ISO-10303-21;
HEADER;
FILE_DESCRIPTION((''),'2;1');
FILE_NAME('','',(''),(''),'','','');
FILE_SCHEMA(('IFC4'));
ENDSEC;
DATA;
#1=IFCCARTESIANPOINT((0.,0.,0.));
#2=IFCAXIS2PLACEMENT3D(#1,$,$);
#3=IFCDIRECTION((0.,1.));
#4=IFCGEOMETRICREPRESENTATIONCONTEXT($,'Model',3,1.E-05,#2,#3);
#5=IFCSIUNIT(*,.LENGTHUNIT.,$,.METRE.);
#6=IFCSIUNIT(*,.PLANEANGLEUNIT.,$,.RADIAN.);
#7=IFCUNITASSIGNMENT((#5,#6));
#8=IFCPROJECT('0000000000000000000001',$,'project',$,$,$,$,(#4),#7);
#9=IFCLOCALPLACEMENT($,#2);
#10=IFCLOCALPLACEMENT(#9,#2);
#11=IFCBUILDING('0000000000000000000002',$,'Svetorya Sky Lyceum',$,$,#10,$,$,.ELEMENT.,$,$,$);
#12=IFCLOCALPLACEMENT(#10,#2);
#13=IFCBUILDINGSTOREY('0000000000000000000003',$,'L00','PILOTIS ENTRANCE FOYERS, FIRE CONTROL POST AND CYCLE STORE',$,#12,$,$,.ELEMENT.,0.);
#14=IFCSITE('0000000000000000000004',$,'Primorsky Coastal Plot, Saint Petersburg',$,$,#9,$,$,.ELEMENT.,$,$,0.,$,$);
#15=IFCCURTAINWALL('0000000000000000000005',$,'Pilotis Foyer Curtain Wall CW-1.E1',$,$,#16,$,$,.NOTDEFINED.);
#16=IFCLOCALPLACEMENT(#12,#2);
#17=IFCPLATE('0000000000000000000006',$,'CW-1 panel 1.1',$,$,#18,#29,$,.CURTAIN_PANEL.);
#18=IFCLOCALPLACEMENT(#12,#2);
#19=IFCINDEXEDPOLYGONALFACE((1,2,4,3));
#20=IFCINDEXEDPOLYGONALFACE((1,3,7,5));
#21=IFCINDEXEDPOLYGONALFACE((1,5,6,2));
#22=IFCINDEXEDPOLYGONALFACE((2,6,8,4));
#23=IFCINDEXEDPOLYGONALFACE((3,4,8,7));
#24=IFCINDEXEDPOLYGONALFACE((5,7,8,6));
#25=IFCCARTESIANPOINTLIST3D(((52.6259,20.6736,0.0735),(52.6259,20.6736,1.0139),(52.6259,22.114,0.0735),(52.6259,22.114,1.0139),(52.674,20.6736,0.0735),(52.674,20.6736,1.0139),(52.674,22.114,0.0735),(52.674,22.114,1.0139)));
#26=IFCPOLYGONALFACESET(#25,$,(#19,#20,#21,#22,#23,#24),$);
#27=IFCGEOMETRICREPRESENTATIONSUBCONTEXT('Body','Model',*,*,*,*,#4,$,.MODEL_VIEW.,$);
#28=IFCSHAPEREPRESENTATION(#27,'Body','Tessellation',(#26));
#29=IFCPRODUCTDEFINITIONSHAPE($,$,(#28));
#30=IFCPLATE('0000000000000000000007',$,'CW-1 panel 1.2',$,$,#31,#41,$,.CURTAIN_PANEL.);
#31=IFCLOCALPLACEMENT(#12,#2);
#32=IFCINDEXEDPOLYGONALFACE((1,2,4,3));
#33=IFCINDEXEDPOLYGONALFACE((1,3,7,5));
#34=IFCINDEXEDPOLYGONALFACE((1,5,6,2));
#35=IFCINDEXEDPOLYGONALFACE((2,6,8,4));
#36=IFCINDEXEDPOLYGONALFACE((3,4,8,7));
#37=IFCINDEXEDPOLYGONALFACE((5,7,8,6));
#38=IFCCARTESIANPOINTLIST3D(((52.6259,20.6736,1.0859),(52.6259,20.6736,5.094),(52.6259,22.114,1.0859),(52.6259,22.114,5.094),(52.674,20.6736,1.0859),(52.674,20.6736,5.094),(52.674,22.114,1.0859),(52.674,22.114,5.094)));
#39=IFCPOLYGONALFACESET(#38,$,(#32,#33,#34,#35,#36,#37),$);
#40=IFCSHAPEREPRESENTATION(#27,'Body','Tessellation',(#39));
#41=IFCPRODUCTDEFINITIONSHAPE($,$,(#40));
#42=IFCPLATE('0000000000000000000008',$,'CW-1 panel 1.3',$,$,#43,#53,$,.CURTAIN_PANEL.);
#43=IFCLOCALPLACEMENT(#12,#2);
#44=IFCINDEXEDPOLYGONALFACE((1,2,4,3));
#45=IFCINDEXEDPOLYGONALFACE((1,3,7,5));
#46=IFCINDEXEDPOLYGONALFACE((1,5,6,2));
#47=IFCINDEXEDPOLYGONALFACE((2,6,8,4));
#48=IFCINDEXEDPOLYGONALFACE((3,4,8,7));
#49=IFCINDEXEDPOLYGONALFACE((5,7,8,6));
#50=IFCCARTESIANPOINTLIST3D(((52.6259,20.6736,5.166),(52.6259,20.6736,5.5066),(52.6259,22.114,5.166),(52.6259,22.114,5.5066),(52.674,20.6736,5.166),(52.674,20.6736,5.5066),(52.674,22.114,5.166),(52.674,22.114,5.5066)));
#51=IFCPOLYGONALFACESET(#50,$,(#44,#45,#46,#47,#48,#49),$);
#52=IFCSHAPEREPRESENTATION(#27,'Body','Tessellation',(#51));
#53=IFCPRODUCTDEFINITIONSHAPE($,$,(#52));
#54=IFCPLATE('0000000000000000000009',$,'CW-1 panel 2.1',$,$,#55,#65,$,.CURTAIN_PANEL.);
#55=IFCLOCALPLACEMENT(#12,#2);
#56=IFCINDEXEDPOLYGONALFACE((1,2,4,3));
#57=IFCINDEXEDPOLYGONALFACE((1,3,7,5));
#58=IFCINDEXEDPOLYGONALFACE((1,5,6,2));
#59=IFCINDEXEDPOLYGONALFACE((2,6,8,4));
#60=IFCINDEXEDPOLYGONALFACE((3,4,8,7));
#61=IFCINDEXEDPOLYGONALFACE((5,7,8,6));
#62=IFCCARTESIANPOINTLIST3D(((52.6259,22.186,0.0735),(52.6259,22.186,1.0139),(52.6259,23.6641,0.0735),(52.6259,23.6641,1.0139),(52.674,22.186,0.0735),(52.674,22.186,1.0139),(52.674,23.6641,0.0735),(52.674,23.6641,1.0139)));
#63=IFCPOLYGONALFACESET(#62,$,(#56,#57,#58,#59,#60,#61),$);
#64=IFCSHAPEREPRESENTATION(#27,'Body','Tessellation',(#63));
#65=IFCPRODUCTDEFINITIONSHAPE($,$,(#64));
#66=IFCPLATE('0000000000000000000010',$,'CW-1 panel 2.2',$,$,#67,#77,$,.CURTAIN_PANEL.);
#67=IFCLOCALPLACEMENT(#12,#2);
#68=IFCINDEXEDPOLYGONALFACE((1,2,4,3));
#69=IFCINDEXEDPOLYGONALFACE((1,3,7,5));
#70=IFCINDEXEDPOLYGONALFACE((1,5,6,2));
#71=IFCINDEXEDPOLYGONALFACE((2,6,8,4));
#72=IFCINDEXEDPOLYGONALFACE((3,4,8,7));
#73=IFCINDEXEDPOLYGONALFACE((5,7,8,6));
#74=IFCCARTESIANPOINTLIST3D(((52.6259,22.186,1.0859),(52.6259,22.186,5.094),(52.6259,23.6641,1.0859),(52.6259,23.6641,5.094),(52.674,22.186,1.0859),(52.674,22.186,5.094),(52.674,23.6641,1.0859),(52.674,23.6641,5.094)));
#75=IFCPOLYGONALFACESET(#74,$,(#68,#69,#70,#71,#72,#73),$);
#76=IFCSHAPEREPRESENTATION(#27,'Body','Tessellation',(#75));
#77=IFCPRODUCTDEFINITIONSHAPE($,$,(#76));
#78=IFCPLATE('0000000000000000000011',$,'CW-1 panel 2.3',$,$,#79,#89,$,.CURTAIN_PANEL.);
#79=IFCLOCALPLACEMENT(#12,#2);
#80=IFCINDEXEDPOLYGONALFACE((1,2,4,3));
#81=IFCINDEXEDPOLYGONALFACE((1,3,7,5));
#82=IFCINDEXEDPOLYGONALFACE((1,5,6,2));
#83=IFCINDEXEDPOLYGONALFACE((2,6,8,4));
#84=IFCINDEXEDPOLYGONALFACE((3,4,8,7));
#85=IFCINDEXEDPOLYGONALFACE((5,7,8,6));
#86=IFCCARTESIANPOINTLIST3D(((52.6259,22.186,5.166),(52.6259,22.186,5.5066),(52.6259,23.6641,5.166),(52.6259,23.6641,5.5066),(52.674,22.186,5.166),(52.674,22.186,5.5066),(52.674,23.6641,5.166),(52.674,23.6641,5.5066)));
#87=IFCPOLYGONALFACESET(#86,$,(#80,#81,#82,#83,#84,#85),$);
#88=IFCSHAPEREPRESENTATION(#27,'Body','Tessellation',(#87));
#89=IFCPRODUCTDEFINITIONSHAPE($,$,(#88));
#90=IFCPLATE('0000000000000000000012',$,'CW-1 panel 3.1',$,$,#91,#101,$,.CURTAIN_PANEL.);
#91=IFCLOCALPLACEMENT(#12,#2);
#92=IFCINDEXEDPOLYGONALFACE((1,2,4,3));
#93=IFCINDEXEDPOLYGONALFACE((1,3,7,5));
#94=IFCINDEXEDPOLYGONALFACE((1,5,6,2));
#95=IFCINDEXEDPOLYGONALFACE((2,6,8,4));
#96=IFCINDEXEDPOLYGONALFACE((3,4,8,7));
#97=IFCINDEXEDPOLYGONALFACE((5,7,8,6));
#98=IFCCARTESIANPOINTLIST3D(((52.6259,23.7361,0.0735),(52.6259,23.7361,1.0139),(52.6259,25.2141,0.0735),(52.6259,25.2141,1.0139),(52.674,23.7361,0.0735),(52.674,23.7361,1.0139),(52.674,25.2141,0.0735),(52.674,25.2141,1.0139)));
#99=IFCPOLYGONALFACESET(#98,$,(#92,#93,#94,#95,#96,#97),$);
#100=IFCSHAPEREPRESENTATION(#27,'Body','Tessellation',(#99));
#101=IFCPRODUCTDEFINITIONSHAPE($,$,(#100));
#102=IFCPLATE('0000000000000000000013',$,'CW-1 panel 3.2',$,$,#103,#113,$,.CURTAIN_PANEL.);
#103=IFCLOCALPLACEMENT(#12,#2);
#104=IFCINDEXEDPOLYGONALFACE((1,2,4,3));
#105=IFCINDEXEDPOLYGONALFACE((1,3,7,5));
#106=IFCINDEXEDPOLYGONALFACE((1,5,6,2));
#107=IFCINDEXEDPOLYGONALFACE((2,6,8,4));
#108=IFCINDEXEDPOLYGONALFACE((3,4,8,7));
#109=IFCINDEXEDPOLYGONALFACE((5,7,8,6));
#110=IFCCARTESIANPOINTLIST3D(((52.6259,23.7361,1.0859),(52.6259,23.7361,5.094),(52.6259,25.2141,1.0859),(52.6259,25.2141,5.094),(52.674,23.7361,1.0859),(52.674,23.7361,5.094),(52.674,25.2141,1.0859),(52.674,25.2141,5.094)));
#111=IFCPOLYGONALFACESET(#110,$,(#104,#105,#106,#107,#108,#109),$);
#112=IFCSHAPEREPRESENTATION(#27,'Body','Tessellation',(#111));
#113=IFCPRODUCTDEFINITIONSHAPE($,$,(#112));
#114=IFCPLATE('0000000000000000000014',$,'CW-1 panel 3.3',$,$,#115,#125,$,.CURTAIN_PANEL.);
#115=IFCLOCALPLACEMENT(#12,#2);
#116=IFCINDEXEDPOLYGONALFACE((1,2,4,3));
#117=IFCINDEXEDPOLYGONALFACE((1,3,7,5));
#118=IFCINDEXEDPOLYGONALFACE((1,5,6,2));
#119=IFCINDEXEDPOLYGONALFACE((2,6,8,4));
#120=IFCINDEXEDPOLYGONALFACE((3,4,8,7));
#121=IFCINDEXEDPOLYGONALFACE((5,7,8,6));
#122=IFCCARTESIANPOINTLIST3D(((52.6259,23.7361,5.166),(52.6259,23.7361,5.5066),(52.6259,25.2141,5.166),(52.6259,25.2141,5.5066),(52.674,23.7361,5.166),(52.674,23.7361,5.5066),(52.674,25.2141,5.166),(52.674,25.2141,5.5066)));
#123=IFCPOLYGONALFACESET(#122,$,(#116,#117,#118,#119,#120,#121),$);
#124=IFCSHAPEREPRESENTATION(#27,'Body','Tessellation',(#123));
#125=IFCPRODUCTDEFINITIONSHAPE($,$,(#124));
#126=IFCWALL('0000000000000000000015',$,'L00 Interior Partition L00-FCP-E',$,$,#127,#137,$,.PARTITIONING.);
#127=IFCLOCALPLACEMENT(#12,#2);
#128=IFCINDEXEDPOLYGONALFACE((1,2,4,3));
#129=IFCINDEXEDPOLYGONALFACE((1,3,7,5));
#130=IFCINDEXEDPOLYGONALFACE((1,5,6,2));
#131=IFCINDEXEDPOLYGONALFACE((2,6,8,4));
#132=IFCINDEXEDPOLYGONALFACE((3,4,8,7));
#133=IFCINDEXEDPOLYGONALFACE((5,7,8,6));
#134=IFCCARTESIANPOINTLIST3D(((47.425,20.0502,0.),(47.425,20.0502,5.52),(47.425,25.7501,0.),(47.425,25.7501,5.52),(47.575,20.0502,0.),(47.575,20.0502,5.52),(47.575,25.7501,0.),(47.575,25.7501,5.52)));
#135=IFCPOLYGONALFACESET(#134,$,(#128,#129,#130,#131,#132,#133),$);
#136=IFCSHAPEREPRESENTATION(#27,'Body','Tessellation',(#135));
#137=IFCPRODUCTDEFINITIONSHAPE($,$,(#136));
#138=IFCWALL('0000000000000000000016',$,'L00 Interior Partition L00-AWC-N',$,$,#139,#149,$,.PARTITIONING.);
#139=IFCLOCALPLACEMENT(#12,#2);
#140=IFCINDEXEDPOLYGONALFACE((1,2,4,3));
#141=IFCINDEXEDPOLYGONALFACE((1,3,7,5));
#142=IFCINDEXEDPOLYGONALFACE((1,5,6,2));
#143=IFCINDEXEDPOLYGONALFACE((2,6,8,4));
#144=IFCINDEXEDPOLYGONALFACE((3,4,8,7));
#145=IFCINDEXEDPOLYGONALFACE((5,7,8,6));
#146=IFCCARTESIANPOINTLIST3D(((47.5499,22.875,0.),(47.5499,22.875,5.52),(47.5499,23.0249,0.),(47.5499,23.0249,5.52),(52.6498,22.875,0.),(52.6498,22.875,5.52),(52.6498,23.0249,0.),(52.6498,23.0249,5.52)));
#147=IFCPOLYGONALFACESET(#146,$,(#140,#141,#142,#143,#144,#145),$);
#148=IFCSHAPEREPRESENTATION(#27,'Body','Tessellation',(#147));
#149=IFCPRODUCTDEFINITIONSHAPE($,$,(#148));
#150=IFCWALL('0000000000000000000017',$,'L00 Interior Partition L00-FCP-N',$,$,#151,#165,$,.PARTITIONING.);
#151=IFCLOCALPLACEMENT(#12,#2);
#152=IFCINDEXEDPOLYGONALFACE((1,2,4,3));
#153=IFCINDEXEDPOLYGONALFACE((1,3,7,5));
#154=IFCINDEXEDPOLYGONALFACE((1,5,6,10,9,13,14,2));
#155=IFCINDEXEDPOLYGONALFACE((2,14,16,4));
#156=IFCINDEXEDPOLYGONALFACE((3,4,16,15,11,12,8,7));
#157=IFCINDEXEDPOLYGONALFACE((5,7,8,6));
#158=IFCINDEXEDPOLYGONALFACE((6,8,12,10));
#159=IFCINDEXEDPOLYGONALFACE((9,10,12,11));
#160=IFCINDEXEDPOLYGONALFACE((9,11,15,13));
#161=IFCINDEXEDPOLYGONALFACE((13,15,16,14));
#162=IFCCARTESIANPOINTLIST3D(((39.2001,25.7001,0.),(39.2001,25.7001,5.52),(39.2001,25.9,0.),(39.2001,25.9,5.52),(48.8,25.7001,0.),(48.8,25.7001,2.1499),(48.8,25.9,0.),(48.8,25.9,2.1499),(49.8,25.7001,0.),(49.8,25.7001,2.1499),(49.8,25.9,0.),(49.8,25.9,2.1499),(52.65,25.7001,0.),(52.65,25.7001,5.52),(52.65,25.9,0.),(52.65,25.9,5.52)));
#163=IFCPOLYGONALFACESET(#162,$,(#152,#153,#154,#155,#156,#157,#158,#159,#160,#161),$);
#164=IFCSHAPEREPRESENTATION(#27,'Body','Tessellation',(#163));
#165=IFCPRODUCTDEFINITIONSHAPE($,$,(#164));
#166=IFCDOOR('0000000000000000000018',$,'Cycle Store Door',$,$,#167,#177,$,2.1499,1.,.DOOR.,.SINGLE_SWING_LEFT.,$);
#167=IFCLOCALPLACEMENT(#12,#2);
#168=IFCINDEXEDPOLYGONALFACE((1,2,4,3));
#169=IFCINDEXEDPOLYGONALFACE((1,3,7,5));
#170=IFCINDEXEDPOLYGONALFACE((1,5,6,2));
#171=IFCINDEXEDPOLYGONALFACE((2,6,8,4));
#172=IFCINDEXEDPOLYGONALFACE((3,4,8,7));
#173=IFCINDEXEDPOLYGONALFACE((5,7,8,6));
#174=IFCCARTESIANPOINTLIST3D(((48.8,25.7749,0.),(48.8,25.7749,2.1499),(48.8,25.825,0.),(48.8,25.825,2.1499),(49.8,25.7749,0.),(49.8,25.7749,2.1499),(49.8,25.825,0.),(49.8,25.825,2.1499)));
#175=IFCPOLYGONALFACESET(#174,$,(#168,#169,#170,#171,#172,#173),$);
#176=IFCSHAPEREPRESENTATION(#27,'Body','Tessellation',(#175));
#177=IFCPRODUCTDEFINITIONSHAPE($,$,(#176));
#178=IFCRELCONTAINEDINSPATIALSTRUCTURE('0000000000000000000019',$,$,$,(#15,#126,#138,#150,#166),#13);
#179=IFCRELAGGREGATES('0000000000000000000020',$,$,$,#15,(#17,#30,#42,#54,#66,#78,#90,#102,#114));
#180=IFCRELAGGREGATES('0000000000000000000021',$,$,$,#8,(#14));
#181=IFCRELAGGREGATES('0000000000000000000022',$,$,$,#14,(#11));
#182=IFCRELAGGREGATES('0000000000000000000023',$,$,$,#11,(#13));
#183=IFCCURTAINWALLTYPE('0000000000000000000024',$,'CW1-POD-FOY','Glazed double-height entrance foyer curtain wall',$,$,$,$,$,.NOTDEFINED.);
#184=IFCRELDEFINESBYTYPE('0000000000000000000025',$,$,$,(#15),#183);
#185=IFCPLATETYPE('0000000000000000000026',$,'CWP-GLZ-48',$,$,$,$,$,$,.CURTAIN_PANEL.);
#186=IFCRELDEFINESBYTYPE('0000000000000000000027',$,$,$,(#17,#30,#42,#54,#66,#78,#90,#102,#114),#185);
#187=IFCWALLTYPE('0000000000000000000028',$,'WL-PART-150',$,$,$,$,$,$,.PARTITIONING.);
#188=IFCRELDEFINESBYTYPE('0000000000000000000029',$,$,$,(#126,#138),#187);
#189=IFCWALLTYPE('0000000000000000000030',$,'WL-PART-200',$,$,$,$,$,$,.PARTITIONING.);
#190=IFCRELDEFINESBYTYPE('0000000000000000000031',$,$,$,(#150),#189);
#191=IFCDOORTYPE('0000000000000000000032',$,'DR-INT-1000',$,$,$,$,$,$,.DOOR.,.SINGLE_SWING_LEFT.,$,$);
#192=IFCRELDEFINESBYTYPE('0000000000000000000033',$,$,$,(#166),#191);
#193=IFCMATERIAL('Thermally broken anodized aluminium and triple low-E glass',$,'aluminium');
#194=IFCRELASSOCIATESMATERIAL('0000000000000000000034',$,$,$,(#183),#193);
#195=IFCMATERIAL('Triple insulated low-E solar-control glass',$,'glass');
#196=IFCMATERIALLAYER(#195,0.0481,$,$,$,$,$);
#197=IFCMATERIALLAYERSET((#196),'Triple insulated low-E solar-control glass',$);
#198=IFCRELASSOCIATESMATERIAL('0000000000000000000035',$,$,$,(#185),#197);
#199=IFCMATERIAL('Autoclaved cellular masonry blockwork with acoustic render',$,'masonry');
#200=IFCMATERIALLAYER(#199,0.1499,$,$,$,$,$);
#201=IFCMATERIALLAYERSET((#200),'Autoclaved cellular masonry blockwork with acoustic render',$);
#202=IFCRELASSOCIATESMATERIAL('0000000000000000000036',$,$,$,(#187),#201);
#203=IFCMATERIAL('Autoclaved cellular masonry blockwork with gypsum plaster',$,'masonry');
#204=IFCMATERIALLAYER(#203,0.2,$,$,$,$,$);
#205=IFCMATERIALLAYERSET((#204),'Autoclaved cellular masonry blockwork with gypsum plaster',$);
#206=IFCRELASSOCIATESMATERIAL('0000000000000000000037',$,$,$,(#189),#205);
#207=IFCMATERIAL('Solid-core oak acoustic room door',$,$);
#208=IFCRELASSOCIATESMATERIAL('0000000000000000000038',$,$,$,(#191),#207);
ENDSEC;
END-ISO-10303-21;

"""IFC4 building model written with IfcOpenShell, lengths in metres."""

from ifc_helpers import new_model, si_unit, direction, frame, frame_2d, origin, origin_2d, place, context, subcontext, project, spatial, rectangle, extrude, material, layer, layer_set, type_object, element, fill, aggregate, save


model = new_model("IFC4")

# Units and contexts
model_context = context("Model", 3, precision=1e-05, world=origin(), true_north=direction((0.0, 1.0)))
body_context = subcontext(model_context, "Body", "Model", "MODEL_VIEW")
ifc_project = project(units=[si_unit("LENGTHUNIT", "METRE"), si_unit("PLANEANGLEUNIT", "RADIAN")], contexts=[model_context])

# Site, building, storey
site_placement = place(None, origin())
site = spatial("IfcSite", under=ifc_project, at=site_placement, Name="Primorsky Coastal Plot, Saint Petersburg", CompositionType="ELEMENT", RefElevation=0.0)
building_placement = place(site_placement, origin())
building = spatial("IfcBuilding", under=site, at=building_placement, Name="Svetorya Sky Lyceum", CompositionType="ELEMENT")
storey_placement = place(building_placement, origin())
storey = spatial("IfcBuildingStorey", under=building, at=storey_placement, Name="L00", Description="PILOTIS ENTRANCE FOYERS, FIRE CONTROL POST AND CYCLE STORE", CompositionType="ELEMENT", Elevation=0.0)

# Curtain wall, plates
ifc_material_1 = material(Name="Thermally broken anodized aluminium and triple low-E glass", Category="aluminium")
curtain_wall_type = type_object("IfcCurtainWallType", Name="CW1-POD-FOY", Description="Glazed double-height entrance foyer curtain wall", PredefinedType="NOTDEFINED", material=ifc_material_1)
curtain_wall_placement = place(storey_placement, origin())
curtain_wall = element("IfcCurtainWall", 1, at=curtain_wall_placement, inside=storey, type_object=curtain_wall_type, Name="Pilotis Foyer Curtain Wall CW-1.E1", PredefinedType="NOTDEFINED")
ifc_material_2 = material(Name="Triple insulated low-E solar-control glass", Category="glass")
ifc_layer_1 = layer(ifc_material_2, 0.0481)
ifc_layer_set_1 = layer_set([ifc_layer_1], Name="Triple insulated low-E solar-control glass")
plate_type = type_object("IfcPlateType", Name="CWP-GLZ-48", PredefinedType="CURTAIN_PANEL", material=ifc_layer_set_1)
plate_1_placement = place(storey_placement, frame((52.6499, 21.3938, 0.0735), z_axis=(0.0, 0.0, 1.0), x_axis=(0.0, 1.0, 0.0)))
plate_1 = element("IfcPlate", 2, at=plate_1_placement, type_object=plate_type, Name="CW-1 panel 1.1", PredefinedType="CURTAIN_PANEL", context=body_context, shape_type="SweptSolid", body=[
    extrude(rectangle(XDim=1.4404, YDim=0.0481, at=origin_2d()), origin(), (0.0, 0.0, 1.0), 0.9404),
])
plate_2_placement = place(storey_placement, frame((52.6499, 21.3938, 1.0859), z_axis=(0.0, 0.0, 1.0), x_axis=(0.0, 1.0, 0.0)))
plate_2 = element("IfcPlate", 3, at=plate_2_placement, type_object=plate_type, Name="CW-1 panel 1.2", PredefinedType="CURTAIN_PANEL", context=body_context, shape_type="SweptSolid", body=[
    extrude(rectangle(XDim=1.4404, YDim=0.0481, at=origin_2d()), origin(), (0.0, 0.0, 1.0), 4.0081),
])
plate_3_placement = place(storey_placement, frame((52.6499, 21.3938, 5.166), z_axis=(0.0, 0.0, 1.0), x_axis=(0.0, 1.0, 0.0)))
plate_3 = element("IfcPlate", 4, at=plate_3_placement, type_object=plate_type, Name="CW-1 panel 1.3", PredefinedType="CURTAIN_PANEL", context=body_context, shape_type="SweptSolid", body=[
    extrude(rectangle(XDim=1.4404, YDim=0.0481, at=origin_2d()), origin(), (0.0, 0.0, 1.0), 0.3406),
])
plate_4_placement = place(storey_placement, frame((52.6499, 22.925, 0.0735), z_axis=(0.0, 0.0, 1.0), x_axis=(0.0, 1.0, 0.0)))
plate_4 = element("IfcPlate", 5, at=plate_4_placement, type_object=plate_type, Name="CW-1 panel 2.1", PredefinedType="CURTAIN_PANEL", context=body_context, shape_type="SweptSolid", body=[
    extrude(rectangle(XDim=1.478, YDim=0.0481, at=origin_2d()), origin(), (0.0, 0.0, 1.0), 0.9404),
])
plate_5_placement = place(storey_placement, frame((52.6499, 22.925, 1.0859), z_axis=(0.0, 0.0, 1.0), x_axis=(0.0, 1.0, 0.0)))
plate_5 = element("IfcPlate", 6, at=plate_5_placement, type_object=plate_type, Name="CW-1 panel 2.2", PredefinedType="CURTAIN_PANEL", context=body_context, shape_type="SweptSolid", body=[
    extrude(rectangle(XDim=1.478, YDim=0.0481, at=origin_2d()), origin(), (0.0, 0.0, 1.0), 4.0081),
])
plate_6_placement = place(storey_placement, frame((52.6499, 22.925, 5.166), z_axis=(0.0, 0.0, 1.0), x_axis=(0.0, 1.0, 0.0)))
plate_6 = element("IfcPlate", 7, at=plate_6_placement, type_object=plate_type, Name="CW-1 panel 2.3", PredefinedType="CURTAIN_PANEL", context=body_context, shape_type="SweptSolid", body=[
    extrude(rectangle(XDim=1.478, YDim=0.0481, at=origin_2d()), origin(), (0.0, 0.0, 1.0), 0.3406),
])
plate_7_placement = place(storey_placement, frame((52.6499, 24.4751, 0.0735), z_axis=(0.0, 0.0, 1.0), x_axis=(0.0, 1.0, 0.0)))
plate_7 = element("IfcPlate", 8, at=plate_7_placement, type_object=plate_type, Name="CW-1 panel 3.1", PredefinedType="CURTAIN_PANEL", context=body_context, shape_type="SweptSolid", body=[
    extrude(rectangle(XDim=1.478, YDim=0.0481, at=origin_2d()), origin(), (0.0, 0.0, 1.0), 0.9404),
])
plate_8_placement = place(storey_placement, frame((52.6499, 24.4751, 1.0859), z_axis=(0.0, 0.0, 1.0), x_axis=(0.0, 1.0, 0.0)))
plate_8 = element("IfcPlate", 9, at=plate_8_placement, type_object=plate_type, Name="CW-1 panel 3.2", PredefinedType="CURTAIN_PANEL", context=body_context, shape_type="SweptSolid", body=[
    extrude(rectangle(XDim=1.478, YDim=0.0481, at=origin_2d()), origin(), (0.0, 0.0, 1.0), 4.0081),
])
plate_9_placement = place(storey_placement, frame((52.6499, 24.4751, 5.166), z_axis=(0.0, 0.0, 1.0), x_axis=(0.0, 1.0, 0.0)))
plate_9 = element("IfcPlate", 10, at=plate_9_placement, type_object=plate_type, Name="CW-1 panel 3.3", PredefinedType="CURTAIN_PANEL", context=body_context, shape_type="SweptSolid", body=[
    extrude(rectangle(XDim=1.478, YDim=0.0481, at=origin_2d()), origin(), (0.0, 0.0, 1.0), 0.3406),
])
aggregate(curtain_wall, [plate_1, plate_2, plate_3, plate_4, plate_5, plate_6, plate_7, plate_8, plate_9])

# Walls
ifc_material_3 = material(Name="Autoclaved cellular masonry blockwork with acoustic render", Category="masonry")
ifc_layer_2 = layer(ifc_material_3, 0.1499)
ifc_layer_set_2 = layer_set([ifc_layer_2], Name="Autoclaved cellular masonry blockwork with acoustic render")
wall_type_1 = type_object("IfcWallType", Name="WL-PART-150", PredefinedType="PARTITIONING", material=ifc_layer_set_2)
wall_1_placement = place(storey_placement, frame((47.5, 20.05, 0.0), z_axis=(0.0, 0.0, 1.0), x_axis=(0.0, 1.0, 0.0)))
element("IfcWall", 11, at=wall_1_placement, inside=storey, type_object=wall_type_1, Name="L00 Interior Partition L00-FCP-E", PredefinedType="PARTITIONING", context=body_context, shape_type="SweptSolid", body=[
    extrude(rectangle(XDim=5.7, YDim=0.1499, at=frame_2d((2.8501, 0.0))), origin(), (0.0, 0.0, 1.0), 5.52),
])
wall_2_placement = place(storey_placement, frame((47.55, 22.95, 0.0), z_axis=(0.0, 0.0, 1.0), x_axis=(1.0, 0.0, 0.0)))
element("IfcWall", 12, at=wall_2_placement, inside=storey, type_object=wall_type_1, Name="L00 Interior Partition L00-AWC-N", PredefinedType="PARTITIONING", context=body_context, shape_type="SweptSolid", body=[
    extrude(rectangle(XDim=5.0999, YDim=0.1499, at=frame_2d((2.5498, 0.0))), origin(), (0.0, 0.0, 1.0), 5.52),
])

# Wall, opening, door
ifc_material_4 = material(Name="Autoclaved cellular masonry blockwork with gypsum plaster", Category="masonry")
ifc_layer_3 = layer(ifc_material_4, 0.2)
ifc_layer_set_3 = layer_set([ifc_layer_3], Name="Autoclaved cellular masonry blockwork with gypsum plaster")
wall_type_2 = type_object("IfcWallType", Name="WL-PART-200", PredefinedType="PARTITIONING", material=ifc_layer_set_3)
wall_3_placement = place(storey_placement, frame((39.2, 25.8, 0.0), z_axis=(0.0, 0.0, 1.0), x_axis=(1.0, 0.0, 0.0)))
wall_3 = element("IfcWall", 13, at=wall_3_placement, inside=storey, type_object=wall_type_2, Name="L00 Interior Partition L00-FCP-N", PredefinedType="PARTITIONING", context=body_context, shape_type="SweptSolid", body=[
    extrude(rectangle(XDim=13.45, YDim=0.2, at=frame_2d((6.7251, 0.0))), origin(), (0.0, 0.0, 1.0), 5.52),
])
opening_placement = place(wall_3_placement, frame((9.6001, 0.0, 0.0)))
opening = element("IfcOpeningElement", 14, at=opening_placement, cuts=wall_3, PredefinedType="OPENING", context=body_context, shape_type="SweptSolid", body=[
    extrude(rectangle(XDim=1.0, YDim=2.1499, at=frame_2d((0.5, 1.075))), frame((0.0, 0.1099, 0.0), z_axis=(0.0, -1.0, 0.0), x_axis=(1.0, 0.0, 0.0)), (0.0, 0.0, 1.0), 0.22),
])
ifc_material_5 = material(Name="Solid-core oak acoustic room door")
door_type = type_object("IfcDoorType", Name="DR-INT-1000", OperationType="SINGLE_SWING_LEFT", PredefinedType="DOOR", material=ifc_material_5)
door_placement = place(opening_placement, origin())
door = element("IfcDoor", 15, at=door_placement, inside=storey, type_object=door_type, Name="Cycle Store Door", OperationType="SINGLE_SWING_LEFT", OverallHeight=2.1499, OverallWidth=1.0, PredefinedType="DOOR", context=body_context, shape_type="SweptSolid", body=[
    extrude(rectangle(XDim=1.0, YDim=2.1499, at=frame_2d((0.5, 1.075))), frame((0.0, 0.0249, 0.0), z_axis=(0.0, -1.0, 0.0), x_axis=(1.0, 0.0, 0.0)), (0.0, 0.0, 1.0), 0.05),
])
fill(opening, door)

save(model, "model.ifc")
